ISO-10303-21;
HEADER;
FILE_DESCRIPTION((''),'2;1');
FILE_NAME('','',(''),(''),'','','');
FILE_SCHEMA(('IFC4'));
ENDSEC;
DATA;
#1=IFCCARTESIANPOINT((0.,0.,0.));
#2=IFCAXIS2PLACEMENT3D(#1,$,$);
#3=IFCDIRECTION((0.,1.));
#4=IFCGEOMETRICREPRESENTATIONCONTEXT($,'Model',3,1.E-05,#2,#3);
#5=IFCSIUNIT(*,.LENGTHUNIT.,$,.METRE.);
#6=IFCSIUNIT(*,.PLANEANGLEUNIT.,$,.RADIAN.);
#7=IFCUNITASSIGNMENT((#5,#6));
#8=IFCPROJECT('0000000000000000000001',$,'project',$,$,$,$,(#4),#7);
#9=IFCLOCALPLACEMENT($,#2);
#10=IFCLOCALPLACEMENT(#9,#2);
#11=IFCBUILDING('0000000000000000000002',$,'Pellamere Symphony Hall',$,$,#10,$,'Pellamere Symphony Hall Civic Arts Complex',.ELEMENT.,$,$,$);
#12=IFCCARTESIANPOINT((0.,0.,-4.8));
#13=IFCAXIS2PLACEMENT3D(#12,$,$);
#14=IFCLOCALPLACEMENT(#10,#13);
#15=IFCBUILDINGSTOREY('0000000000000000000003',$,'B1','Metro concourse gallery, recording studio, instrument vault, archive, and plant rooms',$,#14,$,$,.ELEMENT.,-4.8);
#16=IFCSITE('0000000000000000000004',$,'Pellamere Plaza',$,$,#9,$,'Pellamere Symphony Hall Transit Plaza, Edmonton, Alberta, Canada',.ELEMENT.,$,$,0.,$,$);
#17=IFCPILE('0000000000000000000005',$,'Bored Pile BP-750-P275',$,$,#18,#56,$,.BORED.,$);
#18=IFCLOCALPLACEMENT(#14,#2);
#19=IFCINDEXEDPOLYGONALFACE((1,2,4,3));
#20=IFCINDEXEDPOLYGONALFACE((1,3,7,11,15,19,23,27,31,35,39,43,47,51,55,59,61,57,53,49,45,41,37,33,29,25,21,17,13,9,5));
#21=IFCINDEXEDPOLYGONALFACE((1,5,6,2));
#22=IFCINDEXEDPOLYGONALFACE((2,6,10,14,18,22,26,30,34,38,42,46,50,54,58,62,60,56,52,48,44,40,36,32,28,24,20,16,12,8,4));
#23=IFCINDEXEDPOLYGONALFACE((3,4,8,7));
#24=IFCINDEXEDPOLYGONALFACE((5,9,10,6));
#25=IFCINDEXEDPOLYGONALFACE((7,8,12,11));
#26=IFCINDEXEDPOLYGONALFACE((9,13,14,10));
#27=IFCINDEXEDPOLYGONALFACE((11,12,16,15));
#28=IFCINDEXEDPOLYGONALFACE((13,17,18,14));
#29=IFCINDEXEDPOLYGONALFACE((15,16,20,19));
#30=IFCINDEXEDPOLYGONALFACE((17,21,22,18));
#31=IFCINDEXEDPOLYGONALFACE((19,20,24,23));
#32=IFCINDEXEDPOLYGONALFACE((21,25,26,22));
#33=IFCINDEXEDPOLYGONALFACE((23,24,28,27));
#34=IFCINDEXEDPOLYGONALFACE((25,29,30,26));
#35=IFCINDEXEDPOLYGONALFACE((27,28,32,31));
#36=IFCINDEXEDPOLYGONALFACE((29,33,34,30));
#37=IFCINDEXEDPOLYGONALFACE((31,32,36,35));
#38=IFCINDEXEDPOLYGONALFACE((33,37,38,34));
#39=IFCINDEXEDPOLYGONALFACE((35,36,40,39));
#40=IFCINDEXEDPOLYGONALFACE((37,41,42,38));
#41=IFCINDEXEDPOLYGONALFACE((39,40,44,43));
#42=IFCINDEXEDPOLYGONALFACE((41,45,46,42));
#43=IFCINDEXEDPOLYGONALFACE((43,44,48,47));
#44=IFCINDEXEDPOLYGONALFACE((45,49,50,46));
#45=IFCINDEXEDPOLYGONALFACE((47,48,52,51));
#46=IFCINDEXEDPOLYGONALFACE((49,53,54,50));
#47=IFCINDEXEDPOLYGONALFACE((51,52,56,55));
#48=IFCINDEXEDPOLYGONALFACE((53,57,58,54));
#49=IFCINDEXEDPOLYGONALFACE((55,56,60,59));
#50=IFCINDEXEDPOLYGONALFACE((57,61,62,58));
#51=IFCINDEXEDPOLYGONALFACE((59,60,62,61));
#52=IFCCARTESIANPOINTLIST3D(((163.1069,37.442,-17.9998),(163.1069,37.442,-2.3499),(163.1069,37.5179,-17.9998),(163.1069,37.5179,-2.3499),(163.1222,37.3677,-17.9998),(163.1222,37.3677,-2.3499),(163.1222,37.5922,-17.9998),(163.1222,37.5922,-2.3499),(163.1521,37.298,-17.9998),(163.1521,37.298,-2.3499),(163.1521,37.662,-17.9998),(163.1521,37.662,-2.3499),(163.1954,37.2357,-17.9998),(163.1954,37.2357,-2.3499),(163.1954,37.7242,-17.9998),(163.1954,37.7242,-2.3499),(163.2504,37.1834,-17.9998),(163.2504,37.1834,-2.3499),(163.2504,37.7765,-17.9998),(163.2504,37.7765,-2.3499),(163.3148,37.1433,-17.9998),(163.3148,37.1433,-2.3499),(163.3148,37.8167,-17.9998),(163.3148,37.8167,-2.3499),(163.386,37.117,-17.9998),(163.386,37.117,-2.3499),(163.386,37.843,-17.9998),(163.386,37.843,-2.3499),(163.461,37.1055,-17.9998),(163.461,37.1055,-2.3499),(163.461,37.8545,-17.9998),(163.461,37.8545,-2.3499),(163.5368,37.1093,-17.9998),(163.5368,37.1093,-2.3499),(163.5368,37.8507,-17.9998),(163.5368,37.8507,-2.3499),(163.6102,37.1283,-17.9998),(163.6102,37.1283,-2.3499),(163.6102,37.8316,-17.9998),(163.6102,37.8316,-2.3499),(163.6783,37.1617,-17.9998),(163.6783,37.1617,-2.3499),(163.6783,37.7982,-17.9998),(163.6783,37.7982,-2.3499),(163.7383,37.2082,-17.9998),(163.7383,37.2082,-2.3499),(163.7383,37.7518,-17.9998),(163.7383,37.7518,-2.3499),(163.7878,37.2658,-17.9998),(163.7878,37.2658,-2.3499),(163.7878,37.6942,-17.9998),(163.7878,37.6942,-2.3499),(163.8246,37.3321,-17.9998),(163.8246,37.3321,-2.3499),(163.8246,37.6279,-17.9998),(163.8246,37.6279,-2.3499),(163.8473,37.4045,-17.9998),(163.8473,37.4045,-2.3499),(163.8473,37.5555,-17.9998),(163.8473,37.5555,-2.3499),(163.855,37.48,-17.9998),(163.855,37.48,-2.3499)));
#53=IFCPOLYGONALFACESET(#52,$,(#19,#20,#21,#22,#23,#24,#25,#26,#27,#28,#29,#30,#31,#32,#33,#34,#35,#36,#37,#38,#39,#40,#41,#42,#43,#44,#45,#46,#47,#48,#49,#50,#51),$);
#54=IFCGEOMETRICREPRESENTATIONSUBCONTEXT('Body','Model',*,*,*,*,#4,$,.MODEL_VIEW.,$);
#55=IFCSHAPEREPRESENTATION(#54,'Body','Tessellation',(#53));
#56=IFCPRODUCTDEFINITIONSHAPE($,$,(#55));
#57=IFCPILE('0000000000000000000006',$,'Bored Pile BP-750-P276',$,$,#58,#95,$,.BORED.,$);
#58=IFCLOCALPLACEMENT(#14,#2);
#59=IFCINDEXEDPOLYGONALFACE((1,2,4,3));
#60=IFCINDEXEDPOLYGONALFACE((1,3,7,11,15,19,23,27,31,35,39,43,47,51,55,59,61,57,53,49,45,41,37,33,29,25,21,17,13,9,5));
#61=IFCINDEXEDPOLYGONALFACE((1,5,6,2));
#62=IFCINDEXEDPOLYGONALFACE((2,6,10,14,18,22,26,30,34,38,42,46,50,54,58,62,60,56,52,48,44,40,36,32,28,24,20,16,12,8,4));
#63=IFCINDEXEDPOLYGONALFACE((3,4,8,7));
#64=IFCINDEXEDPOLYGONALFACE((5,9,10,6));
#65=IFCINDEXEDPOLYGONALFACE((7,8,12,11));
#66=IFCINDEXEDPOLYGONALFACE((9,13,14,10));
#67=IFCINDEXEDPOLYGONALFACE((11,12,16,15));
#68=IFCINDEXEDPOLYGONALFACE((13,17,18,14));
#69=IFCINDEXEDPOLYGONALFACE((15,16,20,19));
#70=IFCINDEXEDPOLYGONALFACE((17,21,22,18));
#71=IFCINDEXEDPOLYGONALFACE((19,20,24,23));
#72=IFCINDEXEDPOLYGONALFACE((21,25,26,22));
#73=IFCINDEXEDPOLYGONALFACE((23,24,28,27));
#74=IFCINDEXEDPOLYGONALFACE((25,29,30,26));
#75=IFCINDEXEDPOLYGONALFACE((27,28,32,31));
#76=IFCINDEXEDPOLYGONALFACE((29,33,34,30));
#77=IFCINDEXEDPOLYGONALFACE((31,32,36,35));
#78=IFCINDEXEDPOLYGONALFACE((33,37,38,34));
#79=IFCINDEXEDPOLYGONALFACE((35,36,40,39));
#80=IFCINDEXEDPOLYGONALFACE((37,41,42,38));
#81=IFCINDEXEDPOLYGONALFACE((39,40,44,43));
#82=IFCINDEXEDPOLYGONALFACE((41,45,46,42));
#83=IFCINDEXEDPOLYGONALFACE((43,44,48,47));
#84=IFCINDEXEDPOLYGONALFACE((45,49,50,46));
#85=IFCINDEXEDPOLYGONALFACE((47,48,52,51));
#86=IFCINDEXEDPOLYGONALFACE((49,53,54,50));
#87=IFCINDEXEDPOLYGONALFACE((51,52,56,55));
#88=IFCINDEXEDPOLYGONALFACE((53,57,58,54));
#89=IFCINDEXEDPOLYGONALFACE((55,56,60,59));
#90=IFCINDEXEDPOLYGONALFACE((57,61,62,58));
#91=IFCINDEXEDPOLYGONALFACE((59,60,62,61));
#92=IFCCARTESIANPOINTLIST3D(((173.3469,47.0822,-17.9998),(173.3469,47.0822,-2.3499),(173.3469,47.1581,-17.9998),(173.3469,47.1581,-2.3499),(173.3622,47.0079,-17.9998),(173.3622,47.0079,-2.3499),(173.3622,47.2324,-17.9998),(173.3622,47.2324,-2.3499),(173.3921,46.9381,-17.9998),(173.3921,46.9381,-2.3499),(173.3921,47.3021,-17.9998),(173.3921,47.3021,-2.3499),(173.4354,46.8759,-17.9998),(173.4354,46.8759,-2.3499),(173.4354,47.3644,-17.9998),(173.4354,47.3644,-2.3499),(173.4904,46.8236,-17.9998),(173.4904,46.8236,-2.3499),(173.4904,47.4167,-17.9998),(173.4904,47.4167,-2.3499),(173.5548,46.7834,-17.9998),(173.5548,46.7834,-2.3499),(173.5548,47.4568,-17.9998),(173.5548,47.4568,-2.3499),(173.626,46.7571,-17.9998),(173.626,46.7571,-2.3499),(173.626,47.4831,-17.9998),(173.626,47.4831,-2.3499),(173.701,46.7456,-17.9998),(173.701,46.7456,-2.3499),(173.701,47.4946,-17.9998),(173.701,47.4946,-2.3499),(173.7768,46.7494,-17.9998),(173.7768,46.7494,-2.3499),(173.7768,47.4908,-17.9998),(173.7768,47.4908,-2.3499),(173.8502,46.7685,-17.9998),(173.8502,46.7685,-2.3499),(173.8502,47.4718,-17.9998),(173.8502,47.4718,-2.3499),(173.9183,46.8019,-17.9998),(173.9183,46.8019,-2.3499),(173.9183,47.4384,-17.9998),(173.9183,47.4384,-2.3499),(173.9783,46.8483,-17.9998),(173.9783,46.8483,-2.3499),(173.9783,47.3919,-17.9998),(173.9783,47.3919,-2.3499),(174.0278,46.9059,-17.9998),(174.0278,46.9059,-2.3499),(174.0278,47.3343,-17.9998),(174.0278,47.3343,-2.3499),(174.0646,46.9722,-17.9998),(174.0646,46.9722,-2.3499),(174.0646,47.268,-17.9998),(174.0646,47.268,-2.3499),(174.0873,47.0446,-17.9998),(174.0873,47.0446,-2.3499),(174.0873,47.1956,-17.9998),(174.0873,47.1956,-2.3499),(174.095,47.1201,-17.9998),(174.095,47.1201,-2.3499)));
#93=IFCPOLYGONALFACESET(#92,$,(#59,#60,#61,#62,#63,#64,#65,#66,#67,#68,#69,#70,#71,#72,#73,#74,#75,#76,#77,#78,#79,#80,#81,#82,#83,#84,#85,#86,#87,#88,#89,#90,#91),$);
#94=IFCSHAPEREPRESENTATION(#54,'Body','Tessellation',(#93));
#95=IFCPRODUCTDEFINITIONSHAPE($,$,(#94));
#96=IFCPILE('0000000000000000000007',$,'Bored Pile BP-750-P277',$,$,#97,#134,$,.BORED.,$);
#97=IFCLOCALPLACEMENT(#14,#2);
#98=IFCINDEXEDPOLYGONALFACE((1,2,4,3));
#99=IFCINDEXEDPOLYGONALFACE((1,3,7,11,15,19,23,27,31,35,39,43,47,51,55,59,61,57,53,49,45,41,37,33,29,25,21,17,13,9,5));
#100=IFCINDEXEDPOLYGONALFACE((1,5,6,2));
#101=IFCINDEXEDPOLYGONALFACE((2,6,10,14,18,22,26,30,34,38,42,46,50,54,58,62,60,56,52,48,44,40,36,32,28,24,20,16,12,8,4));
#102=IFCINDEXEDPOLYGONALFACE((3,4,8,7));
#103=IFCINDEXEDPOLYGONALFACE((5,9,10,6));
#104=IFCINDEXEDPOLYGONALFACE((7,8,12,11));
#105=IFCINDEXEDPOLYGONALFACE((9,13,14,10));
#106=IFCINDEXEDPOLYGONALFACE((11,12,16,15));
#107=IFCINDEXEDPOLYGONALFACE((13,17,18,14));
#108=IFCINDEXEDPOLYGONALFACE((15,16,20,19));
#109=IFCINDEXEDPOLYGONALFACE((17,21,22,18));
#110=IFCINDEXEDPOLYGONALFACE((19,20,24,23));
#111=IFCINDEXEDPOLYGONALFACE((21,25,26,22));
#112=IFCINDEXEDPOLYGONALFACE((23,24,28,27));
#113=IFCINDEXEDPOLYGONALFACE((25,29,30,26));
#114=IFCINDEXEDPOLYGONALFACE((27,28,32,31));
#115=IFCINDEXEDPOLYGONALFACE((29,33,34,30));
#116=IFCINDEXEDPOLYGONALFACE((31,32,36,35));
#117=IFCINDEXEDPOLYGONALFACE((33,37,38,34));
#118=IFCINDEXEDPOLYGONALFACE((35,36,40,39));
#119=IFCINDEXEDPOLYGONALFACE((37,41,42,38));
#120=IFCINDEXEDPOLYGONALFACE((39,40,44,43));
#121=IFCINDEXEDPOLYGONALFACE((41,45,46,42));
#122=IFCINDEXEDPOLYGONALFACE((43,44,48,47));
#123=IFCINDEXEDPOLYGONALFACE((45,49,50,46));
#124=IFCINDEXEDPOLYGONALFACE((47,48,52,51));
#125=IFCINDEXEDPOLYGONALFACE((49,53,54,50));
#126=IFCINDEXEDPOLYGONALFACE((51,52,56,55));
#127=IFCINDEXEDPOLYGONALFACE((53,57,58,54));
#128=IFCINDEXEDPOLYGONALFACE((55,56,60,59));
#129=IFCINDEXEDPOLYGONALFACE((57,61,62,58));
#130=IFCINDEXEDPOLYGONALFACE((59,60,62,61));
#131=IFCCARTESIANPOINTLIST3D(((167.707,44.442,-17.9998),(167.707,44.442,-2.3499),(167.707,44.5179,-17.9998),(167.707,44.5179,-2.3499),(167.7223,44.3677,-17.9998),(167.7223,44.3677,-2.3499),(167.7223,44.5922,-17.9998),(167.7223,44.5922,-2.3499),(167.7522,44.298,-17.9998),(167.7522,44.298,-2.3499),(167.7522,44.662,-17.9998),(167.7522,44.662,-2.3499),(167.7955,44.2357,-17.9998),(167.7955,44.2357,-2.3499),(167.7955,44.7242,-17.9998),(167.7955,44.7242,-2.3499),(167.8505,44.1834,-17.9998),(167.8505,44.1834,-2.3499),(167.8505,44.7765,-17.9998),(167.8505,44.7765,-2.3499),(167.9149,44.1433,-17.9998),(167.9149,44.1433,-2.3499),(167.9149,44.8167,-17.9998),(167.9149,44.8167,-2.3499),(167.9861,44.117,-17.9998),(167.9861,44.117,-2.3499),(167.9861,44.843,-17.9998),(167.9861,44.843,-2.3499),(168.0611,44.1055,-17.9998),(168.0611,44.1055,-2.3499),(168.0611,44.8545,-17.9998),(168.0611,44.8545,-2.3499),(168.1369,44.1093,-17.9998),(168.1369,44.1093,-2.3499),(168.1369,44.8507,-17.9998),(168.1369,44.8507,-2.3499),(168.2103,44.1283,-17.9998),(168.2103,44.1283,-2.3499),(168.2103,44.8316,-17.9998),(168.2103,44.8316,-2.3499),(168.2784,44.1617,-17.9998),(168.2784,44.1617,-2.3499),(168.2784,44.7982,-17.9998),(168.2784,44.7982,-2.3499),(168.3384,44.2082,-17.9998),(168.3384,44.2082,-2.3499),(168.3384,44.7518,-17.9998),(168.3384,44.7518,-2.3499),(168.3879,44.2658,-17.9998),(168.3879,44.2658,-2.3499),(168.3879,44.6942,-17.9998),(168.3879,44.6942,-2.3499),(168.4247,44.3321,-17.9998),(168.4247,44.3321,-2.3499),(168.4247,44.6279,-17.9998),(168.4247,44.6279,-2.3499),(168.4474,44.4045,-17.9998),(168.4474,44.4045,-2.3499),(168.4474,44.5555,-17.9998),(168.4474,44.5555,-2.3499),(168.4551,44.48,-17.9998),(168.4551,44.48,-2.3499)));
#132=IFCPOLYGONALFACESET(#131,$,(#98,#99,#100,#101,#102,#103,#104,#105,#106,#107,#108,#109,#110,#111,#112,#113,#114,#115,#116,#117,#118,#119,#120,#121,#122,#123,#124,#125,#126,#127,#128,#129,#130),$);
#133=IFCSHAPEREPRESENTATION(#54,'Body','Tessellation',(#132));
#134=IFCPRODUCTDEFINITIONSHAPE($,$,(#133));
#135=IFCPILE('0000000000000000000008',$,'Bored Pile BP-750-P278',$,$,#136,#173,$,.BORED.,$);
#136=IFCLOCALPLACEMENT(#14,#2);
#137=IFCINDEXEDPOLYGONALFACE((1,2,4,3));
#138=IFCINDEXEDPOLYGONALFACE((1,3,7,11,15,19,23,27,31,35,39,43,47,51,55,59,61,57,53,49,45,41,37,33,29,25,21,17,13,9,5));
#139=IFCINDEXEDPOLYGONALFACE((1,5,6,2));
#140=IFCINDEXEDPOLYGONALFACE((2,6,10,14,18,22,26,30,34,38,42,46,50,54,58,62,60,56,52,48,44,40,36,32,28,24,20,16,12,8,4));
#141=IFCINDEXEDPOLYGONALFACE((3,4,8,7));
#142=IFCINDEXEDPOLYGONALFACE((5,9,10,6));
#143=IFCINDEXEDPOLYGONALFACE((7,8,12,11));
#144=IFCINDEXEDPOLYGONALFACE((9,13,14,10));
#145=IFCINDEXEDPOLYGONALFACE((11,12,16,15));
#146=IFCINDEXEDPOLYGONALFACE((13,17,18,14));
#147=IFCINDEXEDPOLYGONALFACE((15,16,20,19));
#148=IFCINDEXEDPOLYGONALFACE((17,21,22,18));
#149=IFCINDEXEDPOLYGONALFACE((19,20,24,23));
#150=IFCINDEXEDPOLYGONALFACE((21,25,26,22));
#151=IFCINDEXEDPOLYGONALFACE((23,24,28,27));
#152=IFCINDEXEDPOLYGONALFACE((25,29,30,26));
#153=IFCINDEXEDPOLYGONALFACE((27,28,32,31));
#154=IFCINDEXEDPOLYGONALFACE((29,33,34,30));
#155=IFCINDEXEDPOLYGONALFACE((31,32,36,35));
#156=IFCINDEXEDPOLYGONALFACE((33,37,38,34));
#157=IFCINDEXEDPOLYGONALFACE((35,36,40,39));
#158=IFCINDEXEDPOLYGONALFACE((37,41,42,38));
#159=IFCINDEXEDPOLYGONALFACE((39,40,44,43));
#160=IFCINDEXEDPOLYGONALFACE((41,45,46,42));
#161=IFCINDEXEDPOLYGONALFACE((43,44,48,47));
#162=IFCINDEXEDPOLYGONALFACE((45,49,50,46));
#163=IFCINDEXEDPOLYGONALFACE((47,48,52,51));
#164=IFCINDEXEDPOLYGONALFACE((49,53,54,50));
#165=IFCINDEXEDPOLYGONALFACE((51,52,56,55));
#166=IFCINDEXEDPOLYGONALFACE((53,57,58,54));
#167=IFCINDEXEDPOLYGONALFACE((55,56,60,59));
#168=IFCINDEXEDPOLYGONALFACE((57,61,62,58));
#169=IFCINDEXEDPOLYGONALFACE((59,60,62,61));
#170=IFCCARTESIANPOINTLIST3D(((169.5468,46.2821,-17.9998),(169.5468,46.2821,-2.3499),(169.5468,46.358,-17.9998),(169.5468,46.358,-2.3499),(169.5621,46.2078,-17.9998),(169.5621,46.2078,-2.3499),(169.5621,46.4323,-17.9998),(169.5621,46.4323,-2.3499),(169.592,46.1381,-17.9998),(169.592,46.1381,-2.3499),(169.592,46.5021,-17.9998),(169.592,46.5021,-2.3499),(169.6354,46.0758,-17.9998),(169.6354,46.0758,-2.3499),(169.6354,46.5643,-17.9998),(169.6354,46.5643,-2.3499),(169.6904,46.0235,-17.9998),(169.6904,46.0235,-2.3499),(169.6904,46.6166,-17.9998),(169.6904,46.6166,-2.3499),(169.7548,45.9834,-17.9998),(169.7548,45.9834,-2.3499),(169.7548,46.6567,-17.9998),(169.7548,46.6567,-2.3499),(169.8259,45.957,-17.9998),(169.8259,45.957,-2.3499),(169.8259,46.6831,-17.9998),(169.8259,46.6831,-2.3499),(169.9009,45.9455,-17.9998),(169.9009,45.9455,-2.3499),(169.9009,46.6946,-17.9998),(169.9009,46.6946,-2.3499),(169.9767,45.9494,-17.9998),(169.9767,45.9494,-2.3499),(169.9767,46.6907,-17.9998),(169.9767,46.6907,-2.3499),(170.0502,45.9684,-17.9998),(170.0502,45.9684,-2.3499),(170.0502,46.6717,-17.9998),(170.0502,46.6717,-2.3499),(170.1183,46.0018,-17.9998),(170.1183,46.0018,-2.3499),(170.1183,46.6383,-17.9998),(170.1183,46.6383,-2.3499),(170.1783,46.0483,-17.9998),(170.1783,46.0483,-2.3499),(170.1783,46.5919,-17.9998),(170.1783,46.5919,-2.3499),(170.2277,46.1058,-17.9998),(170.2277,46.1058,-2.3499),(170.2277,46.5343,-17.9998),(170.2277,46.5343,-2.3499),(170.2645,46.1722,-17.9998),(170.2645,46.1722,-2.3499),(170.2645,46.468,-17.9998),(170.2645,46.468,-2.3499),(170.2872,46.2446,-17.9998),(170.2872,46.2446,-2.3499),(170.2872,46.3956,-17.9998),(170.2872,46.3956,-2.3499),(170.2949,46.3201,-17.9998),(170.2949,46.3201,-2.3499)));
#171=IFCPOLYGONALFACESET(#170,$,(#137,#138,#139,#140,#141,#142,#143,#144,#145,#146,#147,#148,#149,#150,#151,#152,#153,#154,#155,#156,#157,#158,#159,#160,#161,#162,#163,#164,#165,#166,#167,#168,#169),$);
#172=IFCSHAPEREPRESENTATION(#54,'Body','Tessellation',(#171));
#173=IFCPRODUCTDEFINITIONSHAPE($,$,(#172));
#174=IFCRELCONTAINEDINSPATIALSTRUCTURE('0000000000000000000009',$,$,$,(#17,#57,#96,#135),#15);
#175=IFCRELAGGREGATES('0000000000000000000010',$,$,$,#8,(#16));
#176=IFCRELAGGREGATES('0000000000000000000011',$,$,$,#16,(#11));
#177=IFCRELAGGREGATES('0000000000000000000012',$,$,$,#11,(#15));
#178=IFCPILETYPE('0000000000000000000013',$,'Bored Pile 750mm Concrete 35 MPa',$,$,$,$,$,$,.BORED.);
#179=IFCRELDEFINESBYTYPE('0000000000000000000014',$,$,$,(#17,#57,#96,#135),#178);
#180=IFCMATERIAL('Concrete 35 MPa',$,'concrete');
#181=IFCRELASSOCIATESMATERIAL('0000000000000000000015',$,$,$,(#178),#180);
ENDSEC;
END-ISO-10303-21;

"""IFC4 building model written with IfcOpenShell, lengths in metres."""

from ifc_helpers import new_model, si_unit, direction, frame, origin, origin_2d, place, context, subcontext, project, spatial, circle, extrude, material, material_profile, profile_set, type_object, element, save


model = new_model("IFC4")

# Units and contexts
model_context = context("Model", 3, precision=1e-05, world=origin(), true_north=direction((0.0, 1.0)))
body_context = subcontext(model_context, "Body", "Model", "MODEL_VIEW")
ifc_project = project(units=[si_unit("LENGTHUNIT", "METRE"), si_unit("PLANEANGLEUNIT", "RADIAN")], contexts=[model_context])

# Site, building, storey
site_placement = place(None, origin())
site = spatial("IfcSite", under=ifc_project, at=site_placement, Name="Pellamere Plaza", LongName="Pellamere Symphony Hall Transit Plaza, Edmonton, Alberta, Canada", CompositionType="ELEMENT", RefElevation=0.0)
building_placement = place(site_placement, origin())
building = spatial("IfcBuilding", under=site, at=building_placement, Name="Pellamere Symphony Hall", LongName="Pellamere Symphony Hall Civic Arts Complex", CompositionType="ELEMENT")
storey_placement = place(building_placement, frame((0.0, 0.0, -4.8)))
storey = spatial("IfcBuildingStorey", under=building, at=storey_placement, Name="B1", Description="Metro concourse gallery, recording studio, instrument vault, archive, and plant rooms", CompositionType="ELEMENT", Elevation=-4.8)

# Piles
ifc_material_1 = material(Name="Concrete 35 MPa", Category="concrete")
ifc_material_profile_1 = material_profile(ifc_material_1, circle(Radius=0.375, at=origin_2d()), Name="PILE D750")
ifc_profile_set_1 = profile_set([ifc_material_profile_1], Name="Concrete 35 MPa")
pile_type_1 = type_object("IfcPileType", Name="Bored Pile 750mm Concrete 35 MPa", PredefinedType="BORED", material=ifc_profile_set_1)
for number, where, z_axis, x_axis, name in (
    (1, (163.48, 37.48, -2.3499), (0.0, 0.0, -1.0), (1.0, 0.0, 0.0), "Bored Pile BP-750-P275"),
    (2, (173.72, 47.1201, -2.3499), (0.0, 0.0, -1.0), (1.0, 0.0, 0.0), "Bored Pile BP-750-P276"),
    (3, (168.0801, 44.48, -2.3499), (0.0, 0.0, -1.0), (1.0, 0.0, 0.0), "Bored Pile BP-750-P277"),
    (4, (169.9199, 46.3201, -2.3499), (0.0, 0.0, -1.0), (1.0, 0.0, 0.0), "Bored Pile BP-750-P278"),
):
    element("IfcPile", number, at=place(storey_placement, frame(where, z_axis=z_axis, x_axis=x_axis)), inside=storey, type_object=pile_type_1, Name=name, PredefinedType="BORED", context=body_context, shape_type="SweptSolid", body=[
        extrude(circle(Radius=0.375, at=origin_2d()), origin(), (0.0, 0.0, 1.0), 15.6499),
    ])

save(model, "model.ifc")
